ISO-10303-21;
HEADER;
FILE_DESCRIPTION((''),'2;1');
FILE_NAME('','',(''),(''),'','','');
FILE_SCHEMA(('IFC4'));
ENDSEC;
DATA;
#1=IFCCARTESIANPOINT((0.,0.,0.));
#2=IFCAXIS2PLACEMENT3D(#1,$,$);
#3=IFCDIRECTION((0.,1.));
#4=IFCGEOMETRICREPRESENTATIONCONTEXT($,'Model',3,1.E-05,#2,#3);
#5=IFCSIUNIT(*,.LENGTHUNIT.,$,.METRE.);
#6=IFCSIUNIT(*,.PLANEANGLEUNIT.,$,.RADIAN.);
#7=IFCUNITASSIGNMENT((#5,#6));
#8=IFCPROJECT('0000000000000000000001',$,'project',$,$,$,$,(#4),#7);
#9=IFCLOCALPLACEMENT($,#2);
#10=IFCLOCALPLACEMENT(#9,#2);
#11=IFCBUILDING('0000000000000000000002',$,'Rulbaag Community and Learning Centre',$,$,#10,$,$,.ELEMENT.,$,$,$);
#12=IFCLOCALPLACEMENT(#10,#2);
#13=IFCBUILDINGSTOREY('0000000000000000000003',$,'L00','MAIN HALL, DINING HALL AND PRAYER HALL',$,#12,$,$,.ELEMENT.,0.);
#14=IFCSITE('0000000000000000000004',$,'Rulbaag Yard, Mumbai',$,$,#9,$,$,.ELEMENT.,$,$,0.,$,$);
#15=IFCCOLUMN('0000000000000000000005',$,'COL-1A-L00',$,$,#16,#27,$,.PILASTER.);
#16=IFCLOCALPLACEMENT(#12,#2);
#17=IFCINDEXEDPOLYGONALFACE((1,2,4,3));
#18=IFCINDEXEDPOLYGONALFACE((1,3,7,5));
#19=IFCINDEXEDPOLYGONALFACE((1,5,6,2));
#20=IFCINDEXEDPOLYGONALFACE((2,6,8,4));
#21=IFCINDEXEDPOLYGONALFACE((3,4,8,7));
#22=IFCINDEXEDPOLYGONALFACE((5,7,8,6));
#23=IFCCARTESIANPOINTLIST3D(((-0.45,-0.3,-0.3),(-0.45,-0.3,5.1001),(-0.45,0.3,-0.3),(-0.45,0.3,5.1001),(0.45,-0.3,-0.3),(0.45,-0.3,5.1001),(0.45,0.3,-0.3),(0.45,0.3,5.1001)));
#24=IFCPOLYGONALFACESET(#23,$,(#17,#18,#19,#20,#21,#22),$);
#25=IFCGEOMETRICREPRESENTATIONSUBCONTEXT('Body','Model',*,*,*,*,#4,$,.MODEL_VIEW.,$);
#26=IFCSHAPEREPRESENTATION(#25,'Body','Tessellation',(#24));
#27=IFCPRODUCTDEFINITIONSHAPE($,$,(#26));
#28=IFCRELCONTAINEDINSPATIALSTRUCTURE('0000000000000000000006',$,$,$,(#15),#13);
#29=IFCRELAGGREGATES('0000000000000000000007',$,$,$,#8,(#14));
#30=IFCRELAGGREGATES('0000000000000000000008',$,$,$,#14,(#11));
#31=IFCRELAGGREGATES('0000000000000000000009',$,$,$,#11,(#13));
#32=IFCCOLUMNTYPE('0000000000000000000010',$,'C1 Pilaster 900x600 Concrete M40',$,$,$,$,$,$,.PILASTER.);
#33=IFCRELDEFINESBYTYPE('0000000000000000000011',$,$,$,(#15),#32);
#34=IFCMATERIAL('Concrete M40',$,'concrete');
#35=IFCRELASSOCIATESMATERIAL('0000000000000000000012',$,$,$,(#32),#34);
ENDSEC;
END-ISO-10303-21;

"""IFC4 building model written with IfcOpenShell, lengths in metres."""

from ifc_helpers import new_model, si_unit, direction, frame, origin, origin_2d, place, context, subcontext, project, spatial, rectangle, extrude, material, material_profile, profile_set, type_object, element, save


model = new_model("IFC4")

# Units and contexts
model_context = context("Model", 3, precision=1e-05, world=origin(), true_north=direction((0.0, 1.0)))
body_context = subcontext(model_context, "Body", "Model", "MODEL_VIEW")
ifc_project = project(units=[si_unit("LENGTHUNIT", "METRE"), si_unit("PLANEANGLEUNIT", "RADIAN")], contexts=[model_context])

# Site, building, storey
site_placement = place(None, origin())
site = spatial("IfcSite", under=ifc_project, at=site_placement, Name="Rulbaag Yard, Mumbai", CompositionType="ELEMENT", RefElevation=0.0)
building_placement = place(site_placement, origin())
building = spatial("IfcBuilding", under=site, at=building_placement, Name="Rulbaag Community and Learning Centre", CompositionType="ELEMENT")
storey_placement = place(building_placement, origin())
storey = spatial("IfcBuildingStorey", under=building, at=storey_placement, Name="L00", Description="MAIN HALL, DINING HALL AND PRAYER HALL", CompositionType="ELEMENT", Elevation=0.0)

# Column
ifc_material_1 = material(Name="Concrete M40", Category="concrete")
ifc_material_profile = material_profile(ifc_material_1, rectangle(XDim=0.8999, YDim=0.6001, at=origin_2d()), Name="RC900x600")
ifc_profile_set = profile_set([ifc_material_profile], Name="Concrete M40")
column_type = type_object("IfcColumnType", Name="C1 Pilaster 900x600 Concrete M40", PredefinedType="PILASTER", material=ifc_profile_set)
column_placement = place(storey_placement, frame((0.0, 0.0, -0.3), z_axis=(0.0, 0.0, 1.0), x_axis=(1.0, 0.0, 0.0)))
element("IfcColumn", 1, at=column_placement, inside=storey, type_object=column_type, Name="COL-1A-L00", PredefinedType="PILASTER", context=body_context, shape_type="SweptSolid", body=[
    extrude(rectangle(XDim=0.8999, YDim=0.6001, at=origin_2d()), origin(), (0.0, 0.0, 1.0), 5.4001),
])

save(model, "model.ifc")
